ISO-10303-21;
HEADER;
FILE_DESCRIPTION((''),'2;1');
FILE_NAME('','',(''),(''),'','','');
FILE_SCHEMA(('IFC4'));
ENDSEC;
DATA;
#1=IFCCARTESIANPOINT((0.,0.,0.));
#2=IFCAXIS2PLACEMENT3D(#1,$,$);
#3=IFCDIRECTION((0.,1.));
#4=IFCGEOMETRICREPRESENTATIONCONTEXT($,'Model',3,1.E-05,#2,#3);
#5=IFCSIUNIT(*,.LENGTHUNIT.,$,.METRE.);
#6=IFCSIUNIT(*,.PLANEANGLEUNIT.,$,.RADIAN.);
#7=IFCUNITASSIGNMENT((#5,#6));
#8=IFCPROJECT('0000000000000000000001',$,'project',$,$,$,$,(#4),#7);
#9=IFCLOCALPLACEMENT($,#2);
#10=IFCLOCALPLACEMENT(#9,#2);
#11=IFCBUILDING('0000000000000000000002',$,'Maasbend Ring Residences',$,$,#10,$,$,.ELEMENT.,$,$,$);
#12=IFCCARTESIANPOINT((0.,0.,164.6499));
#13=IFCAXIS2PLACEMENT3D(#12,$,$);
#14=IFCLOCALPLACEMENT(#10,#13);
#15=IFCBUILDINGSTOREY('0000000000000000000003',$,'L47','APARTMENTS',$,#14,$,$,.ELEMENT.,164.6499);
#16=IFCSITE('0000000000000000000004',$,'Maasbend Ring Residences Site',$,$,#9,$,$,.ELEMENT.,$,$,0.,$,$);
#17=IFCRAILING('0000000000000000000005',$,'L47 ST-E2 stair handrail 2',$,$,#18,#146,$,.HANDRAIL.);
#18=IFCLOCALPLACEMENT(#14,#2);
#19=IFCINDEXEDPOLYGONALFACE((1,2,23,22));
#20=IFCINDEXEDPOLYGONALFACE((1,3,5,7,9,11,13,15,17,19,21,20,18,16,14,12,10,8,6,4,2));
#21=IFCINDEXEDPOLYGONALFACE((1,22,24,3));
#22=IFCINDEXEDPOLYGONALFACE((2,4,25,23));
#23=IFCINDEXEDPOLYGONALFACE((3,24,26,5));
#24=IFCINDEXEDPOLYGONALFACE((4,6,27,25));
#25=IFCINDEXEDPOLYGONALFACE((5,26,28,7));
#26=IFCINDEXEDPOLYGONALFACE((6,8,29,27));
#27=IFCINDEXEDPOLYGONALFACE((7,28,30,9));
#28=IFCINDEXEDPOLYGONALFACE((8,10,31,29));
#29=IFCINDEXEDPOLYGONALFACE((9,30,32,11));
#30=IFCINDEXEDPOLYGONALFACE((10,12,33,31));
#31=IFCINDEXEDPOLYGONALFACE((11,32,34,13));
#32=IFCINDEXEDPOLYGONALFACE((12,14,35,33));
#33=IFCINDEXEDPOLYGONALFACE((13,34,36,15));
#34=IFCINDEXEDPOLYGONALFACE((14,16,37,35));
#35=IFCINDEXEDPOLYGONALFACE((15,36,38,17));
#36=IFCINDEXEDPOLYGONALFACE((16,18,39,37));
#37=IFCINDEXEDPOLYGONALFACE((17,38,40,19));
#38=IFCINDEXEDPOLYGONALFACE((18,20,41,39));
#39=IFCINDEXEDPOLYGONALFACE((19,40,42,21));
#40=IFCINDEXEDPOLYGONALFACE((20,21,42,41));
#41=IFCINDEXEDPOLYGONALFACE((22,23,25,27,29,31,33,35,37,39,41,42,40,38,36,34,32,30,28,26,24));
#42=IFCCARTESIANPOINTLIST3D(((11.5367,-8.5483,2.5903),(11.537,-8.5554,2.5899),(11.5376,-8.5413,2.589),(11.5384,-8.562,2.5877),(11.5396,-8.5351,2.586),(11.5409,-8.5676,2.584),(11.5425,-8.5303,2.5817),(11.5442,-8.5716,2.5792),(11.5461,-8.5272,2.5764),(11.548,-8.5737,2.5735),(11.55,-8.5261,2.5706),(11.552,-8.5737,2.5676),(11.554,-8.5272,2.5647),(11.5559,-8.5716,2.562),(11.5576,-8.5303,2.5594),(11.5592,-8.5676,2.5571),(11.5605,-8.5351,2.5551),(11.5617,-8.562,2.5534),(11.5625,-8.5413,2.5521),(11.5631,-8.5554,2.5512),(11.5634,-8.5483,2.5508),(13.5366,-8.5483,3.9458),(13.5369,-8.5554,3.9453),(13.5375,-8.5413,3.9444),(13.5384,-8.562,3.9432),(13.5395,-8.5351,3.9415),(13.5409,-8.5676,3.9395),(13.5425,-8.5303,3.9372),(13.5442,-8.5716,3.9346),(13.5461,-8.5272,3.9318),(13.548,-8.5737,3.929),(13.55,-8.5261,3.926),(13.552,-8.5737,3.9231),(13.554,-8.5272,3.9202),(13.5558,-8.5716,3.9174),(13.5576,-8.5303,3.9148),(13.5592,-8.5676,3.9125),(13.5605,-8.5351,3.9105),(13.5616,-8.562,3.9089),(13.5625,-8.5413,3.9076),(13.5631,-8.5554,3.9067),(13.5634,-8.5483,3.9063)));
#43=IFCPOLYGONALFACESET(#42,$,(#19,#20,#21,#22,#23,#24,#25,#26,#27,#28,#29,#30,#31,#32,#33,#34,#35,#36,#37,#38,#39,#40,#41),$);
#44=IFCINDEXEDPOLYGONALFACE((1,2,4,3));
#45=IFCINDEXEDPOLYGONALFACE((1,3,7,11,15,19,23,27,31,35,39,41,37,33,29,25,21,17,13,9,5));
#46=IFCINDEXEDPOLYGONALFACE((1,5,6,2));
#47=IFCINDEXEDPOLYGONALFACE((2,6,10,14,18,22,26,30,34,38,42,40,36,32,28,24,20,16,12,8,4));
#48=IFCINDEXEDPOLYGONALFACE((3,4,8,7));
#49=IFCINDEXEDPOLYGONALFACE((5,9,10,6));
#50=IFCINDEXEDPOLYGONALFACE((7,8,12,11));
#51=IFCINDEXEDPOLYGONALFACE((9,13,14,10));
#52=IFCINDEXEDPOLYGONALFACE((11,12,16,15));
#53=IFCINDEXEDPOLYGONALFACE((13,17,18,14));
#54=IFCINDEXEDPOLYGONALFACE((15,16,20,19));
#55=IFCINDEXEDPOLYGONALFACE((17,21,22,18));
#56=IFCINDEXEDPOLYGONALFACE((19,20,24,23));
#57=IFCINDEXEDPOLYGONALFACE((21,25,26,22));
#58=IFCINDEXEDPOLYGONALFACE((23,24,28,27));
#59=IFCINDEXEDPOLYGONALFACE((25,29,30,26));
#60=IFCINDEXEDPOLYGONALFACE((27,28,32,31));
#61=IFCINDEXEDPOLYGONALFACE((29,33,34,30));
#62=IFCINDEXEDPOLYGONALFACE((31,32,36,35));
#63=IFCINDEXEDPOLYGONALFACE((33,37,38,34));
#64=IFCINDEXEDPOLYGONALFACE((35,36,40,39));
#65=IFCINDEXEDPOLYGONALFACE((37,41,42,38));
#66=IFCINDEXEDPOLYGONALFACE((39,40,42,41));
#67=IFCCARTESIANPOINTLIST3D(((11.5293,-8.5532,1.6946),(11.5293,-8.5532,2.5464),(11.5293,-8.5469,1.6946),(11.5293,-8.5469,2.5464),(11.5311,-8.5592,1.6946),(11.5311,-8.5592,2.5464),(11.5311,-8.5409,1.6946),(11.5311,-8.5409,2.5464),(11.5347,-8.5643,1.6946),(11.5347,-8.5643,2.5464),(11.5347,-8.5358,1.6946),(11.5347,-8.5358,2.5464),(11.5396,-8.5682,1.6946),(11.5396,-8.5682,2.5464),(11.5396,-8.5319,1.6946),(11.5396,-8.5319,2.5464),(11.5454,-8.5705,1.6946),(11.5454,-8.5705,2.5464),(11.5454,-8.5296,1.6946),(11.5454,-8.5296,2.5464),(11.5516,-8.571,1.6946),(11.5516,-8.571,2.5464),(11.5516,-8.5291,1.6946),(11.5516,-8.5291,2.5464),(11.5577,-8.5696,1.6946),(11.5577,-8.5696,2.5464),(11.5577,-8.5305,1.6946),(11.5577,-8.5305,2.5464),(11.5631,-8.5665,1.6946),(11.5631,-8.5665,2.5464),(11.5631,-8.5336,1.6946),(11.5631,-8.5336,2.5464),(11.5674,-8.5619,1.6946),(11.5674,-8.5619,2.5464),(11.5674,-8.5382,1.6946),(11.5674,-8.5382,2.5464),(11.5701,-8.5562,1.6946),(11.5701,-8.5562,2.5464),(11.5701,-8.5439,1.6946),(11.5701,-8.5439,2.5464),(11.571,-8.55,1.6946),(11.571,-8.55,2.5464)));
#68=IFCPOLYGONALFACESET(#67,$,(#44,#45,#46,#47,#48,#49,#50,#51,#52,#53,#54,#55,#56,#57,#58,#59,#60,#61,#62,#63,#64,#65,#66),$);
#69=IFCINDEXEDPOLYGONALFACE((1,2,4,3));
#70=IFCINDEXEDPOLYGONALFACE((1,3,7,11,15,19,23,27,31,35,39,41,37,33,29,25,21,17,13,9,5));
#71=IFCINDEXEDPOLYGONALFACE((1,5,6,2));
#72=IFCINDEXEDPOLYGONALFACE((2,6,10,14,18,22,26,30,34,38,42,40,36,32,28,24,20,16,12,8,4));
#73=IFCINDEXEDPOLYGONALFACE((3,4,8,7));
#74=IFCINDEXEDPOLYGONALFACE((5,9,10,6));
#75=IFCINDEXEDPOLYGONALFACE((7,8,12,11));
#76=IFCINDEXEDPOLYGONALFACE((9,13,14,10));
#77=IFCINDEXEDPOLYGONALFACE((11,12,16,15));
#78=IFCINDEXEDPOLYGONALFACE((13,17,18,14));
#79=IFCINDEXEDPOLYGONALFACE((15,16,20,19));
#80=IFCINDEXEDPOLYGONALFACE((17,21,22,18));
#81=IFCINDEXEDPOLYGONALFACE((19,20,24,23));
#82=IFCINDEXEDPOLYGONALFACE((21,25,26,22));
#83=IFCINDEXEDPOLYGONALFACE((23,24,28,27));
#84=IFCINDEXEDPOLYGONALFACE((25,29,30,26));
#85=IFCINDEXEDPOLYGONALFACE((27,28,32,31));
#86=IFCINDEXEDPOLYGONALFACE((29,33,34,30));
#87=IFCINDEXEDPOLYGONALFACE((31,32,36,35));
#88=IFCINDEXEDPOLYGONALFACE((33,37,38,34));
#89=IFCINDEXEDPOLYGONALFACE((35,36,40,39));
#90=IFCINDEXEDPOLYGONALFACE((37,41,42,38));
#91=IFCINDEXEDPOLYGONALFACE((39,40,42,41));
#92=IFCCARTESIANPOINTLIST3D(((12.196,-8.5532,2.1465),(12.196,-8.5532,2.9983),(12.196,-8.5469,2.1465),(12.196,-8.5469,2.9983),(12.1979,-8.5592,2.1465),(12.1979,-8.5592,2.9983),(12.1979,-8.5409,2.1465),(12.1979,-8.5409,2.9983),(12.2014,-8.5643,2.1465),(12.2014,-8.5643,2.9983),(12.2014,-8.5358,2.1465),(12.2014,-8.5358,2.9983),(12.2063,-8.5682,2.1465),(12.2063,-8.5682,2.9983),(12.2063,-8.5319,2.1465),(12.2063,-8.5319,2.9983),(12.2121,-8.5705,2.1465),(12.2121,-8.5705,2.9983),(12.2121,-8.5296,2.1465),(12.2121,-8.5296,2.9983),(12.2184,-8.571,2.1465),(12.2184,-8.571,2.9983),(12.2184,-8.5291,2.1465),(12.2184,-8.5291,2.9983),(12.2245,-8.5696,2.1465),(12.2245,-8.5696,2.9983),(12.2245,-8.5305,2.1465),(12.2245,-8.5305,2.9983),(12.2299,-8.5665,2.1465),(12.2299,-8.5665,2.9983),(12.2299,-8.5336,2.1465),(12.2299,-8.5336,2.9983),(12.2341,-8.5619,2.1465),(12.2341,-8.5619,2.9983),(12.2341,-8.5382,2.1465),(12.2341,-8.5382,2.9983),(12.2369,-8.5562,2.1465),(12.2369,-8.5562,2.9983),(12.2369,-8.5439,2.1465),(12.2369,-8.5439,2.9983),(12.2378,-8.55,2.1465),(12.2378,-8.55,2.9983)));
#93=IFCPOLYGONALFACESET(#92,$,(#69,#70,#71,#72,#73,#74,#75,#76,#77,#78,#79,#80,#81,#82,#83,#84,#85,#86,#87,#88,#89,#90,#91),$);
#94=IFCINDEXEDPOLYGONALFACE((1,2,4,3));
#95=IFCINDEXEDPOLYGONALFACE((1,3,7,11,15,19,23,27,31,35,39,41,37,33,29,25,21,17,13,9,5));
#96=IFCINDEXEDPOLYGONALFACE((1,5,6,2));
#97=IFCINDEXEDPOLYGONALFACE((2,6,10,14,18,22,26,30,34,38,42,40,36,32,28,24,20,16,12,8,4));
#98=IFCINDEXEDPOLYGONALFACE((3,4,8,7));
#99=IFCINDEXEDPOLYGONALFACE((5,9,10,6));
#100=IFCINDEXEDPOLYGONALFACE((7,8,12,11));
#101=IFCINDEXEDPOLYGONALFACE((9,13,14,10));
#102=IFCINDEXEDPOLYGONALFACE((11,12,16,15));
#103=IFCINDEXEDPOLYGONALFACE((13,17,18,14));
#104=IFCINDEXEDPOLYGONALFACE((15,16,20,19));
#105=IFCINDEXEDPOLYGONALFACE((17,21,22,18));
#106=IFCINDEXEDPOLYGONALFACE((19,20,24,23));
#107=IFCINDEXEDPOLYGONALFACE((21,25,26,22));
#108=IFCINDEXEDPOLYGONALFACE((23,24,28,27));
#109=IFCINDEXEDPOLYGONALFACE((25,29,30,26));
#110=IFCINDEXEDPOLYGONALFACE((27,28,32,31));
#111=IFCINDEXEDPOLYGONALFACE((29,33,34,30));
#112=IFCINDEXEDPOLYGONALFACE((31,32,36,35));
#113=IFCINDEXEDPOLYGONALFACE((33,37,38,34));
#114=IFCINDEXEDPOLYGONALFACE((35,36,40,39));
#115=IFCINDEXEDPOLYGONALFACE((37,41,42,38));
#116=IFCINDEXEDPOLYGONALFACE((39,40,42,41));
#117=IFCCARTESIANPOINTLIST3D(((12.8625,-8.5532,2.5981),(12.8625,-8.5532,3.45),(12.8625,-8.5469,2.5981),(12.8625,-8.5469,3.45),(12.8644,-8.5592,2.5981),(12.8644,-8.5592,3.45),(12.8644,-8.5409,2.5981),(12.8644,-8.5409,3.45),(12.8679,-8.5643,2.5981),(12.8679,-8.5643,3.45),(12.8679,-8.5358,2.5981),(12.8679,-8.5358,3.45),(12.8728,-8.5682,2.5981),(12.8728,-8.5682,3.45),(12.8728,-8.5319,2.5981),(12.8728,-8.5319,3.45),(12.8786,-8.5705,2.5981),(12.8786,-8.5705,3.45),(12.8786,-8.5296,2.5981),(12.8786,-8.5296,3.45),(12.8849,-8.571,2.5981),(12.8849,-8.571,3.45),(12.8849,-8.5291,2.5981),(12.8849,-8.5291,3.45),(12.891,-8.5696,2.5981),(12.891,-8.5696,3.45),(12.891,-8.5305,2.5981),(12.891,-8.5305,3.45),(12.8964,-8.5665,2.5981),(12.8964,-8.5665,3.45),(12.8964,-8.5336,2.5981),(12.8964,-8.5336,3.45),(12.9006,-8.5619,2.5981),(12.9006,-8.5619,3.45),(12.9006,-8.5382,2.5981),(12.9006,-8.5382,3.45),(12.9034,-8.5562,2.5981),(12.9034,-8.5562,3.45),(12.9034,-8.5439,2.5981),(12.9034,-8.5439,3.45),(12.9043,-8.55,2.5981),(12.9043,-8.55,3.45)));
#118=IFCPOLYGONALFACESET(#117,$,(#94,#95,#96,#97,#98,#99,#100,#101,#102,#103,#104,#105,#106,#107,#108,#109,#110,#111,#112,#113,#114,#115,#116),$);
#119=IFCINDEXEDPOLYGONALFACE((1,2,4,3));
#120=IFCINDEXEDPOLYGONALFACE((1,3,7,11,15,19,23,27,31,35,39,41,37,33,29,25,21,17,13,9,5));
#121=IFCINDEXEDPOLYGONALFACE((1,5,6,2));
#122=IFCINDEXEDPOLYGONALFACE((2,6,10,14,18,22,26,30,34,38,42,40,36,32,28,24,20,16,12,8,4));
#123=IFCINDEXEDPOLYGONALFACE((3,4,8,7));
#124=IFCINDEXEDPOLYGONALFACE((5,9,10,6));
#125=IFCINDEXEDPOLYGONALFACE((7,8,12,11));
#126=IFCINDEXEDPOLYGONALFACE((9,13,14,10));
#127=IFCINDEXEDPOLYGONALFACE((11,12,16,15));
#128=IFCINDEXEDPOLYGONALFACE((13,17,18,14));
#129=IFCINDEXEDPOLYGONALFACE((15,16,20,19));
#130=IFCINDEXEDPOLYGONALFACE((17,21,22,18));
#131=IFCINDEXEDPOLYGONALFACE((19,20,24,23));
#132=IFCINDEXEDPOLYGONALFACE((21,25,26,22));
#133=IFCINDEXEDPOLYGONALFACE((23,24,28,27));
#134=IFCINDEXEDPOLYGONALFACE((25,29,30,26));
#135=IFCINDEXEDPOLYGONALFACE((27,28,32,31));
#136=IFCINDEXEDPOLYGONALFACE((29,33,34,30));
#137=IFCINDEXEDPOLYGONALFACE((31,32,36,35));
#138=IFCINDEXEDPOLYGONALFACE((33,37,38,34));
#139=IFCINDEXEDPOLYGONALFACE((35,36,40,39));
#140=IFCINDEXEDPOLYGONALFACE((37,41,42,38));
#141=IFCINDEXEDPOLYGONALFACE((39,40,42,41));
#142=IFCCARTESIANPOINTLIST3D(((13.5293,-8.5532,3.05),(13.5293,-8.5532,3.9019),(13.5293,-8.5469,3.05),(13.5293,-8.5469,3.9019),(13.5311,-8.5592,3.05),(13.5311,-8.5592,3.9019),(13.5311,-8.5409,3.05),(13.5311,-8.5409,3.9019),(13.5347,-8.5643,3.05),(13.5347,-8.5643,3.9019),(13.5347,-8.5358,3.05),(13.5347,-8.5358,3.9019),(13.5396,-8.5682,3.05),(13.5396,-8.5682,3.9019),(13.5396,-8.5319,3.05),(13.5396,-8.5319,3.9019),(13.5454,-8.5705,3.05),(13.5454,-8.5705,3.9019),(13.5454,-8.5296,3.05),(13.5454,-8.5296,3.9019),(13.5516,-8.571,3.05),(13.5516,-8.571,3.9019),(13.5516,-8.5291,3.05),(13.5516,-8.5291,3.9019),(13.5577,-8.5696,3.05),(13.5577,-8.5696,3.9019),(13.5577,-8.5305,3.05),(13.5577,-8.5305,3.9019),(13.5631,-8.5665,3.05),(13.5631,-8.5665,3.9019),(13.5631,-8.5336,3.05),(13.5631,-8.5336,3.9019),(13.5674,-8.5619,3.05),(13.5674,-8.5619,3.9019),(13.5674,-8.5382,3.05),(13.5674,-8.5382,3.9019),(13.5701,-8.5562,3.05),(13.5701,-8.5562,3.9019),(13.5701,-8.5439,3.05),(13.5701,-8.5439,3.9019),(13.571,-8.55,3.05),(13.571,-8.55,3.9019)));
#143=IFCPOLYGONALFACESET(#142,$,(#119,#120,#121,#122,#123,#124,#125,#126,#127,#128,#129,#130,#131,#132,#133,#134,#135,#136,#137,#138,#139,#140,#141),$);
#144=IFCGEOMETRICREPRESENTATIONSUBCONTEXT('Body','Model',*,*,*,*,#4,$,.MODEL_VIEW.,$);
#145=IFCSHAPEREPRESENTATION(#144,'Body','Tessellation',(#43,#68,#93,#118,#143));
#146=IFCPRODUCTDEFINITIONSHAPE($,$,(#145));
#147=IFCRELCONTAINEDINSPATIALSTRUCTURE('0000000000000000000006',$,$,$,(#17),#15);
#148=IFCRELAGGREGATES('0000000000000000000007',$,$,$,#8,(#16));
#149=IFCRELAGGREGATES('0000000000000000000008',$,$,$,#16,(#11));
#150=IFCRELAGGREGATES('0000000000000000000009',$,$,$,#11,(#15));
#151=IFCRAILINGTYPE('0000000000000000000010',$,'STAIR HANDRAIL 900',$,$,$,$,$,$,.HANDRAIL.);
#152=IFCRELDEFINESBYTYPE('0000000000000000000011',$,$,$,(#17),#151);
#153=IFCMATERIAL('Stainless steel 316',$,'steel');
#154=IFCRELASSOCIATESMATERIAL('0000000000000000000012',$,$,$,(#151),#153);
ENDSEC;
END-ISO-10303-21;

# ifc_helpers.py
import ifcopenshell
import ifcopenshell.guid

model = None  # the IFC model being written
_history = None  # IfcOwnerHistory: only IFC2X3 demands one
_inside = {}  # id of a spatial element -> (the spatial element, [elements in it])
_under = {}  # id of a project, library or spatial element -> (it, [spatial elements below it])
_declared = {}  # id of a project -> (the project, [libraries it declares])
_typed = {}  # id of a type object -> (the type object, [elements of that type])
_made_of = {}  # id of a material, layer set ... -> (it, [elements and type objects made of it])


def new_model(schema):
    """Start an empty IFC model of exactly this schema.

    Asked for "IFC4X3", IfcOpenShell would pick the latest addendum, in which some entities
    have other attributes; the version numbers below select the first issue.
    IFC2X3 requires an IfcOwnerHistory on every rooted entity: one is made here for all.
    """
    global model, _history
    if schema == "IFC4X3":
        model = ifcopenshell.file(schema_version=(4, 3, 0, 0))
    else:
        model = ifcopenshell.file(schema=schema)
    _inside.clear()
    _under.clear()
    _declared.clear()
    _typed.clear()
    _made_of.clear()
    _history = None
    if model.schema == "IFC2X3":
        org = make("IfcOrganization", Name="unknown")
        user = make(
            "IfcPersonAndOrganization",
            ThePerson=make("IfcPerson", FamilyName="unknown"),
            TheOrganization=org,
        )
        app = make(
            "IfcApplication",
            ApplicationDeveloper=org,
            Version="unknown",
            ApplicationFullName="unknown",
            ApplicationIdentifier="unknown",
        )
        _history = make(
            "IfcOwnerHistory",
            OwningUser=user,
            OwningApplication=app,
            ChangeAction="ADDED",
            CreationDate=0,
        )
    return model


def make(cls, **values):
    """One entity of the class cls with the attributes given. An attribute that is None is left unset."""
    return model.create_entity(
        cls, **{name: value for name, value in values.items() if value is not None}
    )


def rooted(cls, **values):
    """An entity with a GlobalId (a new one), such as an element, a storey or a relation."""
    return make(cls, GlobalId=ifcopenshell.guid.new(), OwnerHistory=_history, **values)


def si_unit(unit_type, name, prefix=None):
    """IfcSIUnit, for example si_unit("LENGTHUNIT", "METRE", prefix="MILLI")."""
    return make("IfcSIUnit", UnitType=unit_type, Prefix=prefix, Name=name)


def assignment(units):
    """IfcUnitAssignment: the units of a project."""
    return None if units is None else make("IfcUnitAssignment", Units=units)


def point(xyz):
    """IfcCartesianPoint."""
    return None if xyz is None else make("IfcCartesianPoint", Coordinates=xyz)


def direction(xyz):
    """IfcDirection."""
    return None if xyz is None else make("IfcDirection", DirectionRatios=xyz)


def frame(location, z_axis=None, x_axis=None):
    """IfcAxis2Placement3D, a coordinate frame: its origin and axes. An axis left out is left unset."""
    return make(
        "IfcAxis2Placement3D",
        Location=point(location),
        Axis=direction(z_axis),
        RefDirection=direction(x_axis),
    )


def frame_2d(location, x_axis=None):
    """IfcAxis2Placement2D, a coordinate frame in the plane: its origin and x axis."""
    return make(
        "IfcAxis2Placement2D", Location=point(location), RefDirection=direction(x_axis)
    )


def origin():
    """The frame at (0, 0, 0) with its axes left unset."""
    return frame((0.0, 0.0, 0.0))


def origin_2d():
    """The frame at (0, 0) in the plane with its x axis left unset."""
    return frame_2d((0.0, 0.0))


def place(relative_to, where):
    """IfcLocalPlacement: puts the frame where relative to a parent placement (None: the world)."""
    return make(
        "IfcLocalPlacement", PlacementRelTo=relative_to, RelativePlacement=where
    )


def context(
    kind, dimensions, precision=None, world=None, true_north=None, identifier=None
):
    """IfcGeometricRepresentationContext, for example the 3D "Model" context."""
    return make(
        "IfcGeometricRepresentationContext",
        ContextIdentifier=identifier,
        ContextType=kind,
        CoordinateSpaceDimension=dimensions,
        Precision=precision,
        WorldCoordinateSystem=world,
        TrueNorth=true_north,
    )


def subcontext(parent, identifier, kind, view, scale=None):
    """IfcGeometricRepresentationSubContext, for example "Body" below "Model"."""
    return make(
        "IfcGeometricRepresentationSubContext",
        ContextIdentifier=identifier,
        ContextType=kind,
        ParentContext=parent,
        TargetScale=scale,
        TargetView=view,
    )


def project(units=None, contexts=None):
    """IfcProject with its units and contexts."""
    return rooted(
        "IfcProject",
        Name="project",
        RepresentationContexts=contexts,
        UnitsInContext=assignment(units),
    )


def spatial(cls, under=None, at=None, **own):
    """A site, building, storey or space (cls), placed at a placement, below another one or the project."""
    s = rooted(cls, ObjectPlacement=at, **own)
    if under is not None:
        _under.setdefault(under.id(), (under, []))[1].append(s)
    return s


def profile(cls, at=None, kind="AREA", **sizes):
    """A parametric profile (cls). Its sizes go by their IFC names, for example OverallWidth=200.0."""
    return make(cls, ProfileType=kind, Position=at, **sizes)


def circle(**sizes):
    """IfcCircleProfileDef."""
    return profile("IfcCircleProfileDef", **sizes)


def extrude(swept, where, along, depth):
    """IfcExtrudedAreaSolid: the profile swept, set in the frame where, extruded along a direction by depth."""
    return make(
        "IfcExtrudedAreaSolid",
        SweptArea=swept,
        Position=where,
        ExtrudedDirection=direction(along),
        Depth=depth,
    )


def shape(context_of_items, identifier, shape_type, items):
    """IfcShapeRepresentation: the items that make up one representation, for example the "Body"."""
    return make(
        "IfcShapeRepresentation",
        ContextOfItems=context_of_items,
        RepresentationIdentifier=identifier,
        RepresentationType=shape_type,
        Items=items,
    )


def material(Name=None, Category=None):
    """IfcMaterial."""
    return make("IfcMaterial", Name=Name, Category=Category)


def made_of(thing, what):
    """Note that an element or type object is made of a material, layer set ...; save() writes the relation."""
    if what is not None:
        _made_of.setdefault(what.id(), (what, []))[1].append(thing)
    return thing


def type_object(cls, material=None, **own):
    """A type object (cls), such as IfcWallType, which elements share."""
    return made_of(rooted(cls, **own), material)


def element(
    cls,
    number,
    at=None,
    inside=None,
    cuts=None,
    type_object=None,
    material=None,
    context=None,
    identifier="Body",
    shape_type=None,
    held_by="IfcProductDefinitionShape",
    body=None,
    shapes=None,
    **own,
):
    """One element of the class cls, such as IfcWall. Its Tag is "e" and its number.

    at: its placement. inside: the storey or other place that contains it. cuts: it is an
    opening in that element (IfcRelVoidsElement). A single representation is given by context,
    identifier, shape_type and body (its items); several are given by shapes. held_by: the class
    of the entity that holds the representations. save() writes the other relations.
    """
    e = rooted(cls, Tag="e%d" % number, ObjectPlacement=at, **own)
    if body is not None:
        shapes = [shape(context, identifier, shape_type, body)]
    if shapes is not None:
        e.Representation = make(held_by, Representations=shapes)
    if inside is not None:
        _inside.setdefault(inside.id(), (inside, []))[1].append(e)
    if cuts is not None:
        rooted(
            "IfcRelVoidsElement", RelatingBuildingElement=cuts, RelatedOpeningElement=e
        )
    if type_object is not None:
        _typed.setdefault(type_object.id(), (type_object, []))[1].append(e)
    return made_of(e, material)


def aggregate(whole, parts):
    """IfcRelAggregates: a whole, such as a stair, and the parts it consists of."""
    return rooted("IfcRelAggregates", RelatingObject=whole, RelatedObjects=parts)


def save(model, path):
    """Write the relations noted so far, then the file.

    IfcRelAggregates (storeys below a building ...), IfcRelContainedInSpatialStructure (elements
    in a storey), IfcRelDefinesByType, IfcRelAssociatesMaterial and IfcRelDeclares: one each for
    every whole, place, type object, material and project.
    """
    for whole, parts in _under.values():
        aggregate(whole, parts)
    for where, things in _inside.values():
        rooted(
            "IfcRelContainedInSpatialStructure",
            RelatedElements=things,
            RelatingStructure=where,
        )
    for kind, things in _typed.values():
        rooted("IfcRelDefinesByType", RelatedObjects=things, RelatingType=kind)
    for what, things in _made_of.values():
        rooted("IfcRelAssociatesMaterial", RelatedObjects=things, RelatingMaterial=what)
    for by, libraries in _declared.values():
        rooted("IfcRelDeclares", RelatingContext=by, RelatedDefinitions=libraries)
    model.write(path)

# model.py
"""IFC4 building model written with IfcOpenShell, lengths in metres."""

from ifc_helpers import new_model, si_unit, direction, frame, origin, origin_2d, place, context, subcontext, project, spatial, circle, extrude, material, type_object, element, save


model = new_model("IFC4")

# Units and contexts
model_context = context("Model", 3, precision=1e-05, world=origin(), true_north=direction((0.0, 1.0)))
body_context = subcontext(model_context, "Body", "Model", "MODEL_VIEW")
ifc_project = project(units=[si_unit("LENGTHUNIT", "METRE"), si_unit("PLANEANGLEUNIT", "RADIAN")], contexts=[model_context])

# Site, building, storey
site_placement = place(None, origin())
site = spatial("IfcSite", under=ifc_project, at=site_placement, Name="Maasbend Ring Residences Site", CompositionType="ELEMENT", RefElevation=0.0)
building_placement = place(site_placement, origin())
building = spatial("IfcBuilding", under=site, at=building_placement, Name="Maasbend Ring Residences", CompositionType="ELEMENT")
storey_placement = place(building_placement, frame((0.0, 0.0, 164.6499)))
storey = spatial("IfcBuildingStorey", under=building, at=storey_placement, Name="L47", Description="APARTMENTS", CompositionType="ELEMENT", Elevation=164.6499)

# Railing
ifc_material_1 = material(Name="Stainless steel 316", Category="steel")
railing_type_1 = type_object("IfcRailingType", Name="STAIR HANDRAIL 900", PredefinedType="HANDRAIL", material=ifc_material_1)
railing_1_placement = place(storey_placement, frame((11.55, -8.55, 1.6946)))
element("IfcRailing", 1, at=railing_1_placement, inside=storey, type_object=railing_type_1, Name="L47 ST-E2 stair handrail 2", PredefinedType="HANDRAIL", context=body_context, shape_type="SweptSolid", body=[
    extrude(circle(Radius=0.0239, at=origin_2d()), frame((0.0, 0.0, 0.876), z_axis=(0.827798, 0.0, 0.561027), x_axis=(0.0, 1.0, 0.0)), (0.0, 0.0, 1.0), 2.416),
    extrude(circle(Radius=0.021, at=origin_2d()), origin(), (0.0, 0.0, 1.0), 0.8518),
    extrude(circle(Radius=0.021, at=origin_2d()), frame((0.6667, 0.0, 0.4519)), (0.0, 0.0, 1.0), 0.8518),
    extrude(circle(Radius=0.021, at=origin_2d()), frame((1.3333, 0.0, 0.9036)), (0.0, 0.0, 1.0), 0.8518),
    extrude(circle(Radius=0.021, at=origin_2d()), frame((2.0, 0.0, 1.3555)), (0.0, 0.0, 1.0), 0.8518),
])

save(model, "model.ifc")
